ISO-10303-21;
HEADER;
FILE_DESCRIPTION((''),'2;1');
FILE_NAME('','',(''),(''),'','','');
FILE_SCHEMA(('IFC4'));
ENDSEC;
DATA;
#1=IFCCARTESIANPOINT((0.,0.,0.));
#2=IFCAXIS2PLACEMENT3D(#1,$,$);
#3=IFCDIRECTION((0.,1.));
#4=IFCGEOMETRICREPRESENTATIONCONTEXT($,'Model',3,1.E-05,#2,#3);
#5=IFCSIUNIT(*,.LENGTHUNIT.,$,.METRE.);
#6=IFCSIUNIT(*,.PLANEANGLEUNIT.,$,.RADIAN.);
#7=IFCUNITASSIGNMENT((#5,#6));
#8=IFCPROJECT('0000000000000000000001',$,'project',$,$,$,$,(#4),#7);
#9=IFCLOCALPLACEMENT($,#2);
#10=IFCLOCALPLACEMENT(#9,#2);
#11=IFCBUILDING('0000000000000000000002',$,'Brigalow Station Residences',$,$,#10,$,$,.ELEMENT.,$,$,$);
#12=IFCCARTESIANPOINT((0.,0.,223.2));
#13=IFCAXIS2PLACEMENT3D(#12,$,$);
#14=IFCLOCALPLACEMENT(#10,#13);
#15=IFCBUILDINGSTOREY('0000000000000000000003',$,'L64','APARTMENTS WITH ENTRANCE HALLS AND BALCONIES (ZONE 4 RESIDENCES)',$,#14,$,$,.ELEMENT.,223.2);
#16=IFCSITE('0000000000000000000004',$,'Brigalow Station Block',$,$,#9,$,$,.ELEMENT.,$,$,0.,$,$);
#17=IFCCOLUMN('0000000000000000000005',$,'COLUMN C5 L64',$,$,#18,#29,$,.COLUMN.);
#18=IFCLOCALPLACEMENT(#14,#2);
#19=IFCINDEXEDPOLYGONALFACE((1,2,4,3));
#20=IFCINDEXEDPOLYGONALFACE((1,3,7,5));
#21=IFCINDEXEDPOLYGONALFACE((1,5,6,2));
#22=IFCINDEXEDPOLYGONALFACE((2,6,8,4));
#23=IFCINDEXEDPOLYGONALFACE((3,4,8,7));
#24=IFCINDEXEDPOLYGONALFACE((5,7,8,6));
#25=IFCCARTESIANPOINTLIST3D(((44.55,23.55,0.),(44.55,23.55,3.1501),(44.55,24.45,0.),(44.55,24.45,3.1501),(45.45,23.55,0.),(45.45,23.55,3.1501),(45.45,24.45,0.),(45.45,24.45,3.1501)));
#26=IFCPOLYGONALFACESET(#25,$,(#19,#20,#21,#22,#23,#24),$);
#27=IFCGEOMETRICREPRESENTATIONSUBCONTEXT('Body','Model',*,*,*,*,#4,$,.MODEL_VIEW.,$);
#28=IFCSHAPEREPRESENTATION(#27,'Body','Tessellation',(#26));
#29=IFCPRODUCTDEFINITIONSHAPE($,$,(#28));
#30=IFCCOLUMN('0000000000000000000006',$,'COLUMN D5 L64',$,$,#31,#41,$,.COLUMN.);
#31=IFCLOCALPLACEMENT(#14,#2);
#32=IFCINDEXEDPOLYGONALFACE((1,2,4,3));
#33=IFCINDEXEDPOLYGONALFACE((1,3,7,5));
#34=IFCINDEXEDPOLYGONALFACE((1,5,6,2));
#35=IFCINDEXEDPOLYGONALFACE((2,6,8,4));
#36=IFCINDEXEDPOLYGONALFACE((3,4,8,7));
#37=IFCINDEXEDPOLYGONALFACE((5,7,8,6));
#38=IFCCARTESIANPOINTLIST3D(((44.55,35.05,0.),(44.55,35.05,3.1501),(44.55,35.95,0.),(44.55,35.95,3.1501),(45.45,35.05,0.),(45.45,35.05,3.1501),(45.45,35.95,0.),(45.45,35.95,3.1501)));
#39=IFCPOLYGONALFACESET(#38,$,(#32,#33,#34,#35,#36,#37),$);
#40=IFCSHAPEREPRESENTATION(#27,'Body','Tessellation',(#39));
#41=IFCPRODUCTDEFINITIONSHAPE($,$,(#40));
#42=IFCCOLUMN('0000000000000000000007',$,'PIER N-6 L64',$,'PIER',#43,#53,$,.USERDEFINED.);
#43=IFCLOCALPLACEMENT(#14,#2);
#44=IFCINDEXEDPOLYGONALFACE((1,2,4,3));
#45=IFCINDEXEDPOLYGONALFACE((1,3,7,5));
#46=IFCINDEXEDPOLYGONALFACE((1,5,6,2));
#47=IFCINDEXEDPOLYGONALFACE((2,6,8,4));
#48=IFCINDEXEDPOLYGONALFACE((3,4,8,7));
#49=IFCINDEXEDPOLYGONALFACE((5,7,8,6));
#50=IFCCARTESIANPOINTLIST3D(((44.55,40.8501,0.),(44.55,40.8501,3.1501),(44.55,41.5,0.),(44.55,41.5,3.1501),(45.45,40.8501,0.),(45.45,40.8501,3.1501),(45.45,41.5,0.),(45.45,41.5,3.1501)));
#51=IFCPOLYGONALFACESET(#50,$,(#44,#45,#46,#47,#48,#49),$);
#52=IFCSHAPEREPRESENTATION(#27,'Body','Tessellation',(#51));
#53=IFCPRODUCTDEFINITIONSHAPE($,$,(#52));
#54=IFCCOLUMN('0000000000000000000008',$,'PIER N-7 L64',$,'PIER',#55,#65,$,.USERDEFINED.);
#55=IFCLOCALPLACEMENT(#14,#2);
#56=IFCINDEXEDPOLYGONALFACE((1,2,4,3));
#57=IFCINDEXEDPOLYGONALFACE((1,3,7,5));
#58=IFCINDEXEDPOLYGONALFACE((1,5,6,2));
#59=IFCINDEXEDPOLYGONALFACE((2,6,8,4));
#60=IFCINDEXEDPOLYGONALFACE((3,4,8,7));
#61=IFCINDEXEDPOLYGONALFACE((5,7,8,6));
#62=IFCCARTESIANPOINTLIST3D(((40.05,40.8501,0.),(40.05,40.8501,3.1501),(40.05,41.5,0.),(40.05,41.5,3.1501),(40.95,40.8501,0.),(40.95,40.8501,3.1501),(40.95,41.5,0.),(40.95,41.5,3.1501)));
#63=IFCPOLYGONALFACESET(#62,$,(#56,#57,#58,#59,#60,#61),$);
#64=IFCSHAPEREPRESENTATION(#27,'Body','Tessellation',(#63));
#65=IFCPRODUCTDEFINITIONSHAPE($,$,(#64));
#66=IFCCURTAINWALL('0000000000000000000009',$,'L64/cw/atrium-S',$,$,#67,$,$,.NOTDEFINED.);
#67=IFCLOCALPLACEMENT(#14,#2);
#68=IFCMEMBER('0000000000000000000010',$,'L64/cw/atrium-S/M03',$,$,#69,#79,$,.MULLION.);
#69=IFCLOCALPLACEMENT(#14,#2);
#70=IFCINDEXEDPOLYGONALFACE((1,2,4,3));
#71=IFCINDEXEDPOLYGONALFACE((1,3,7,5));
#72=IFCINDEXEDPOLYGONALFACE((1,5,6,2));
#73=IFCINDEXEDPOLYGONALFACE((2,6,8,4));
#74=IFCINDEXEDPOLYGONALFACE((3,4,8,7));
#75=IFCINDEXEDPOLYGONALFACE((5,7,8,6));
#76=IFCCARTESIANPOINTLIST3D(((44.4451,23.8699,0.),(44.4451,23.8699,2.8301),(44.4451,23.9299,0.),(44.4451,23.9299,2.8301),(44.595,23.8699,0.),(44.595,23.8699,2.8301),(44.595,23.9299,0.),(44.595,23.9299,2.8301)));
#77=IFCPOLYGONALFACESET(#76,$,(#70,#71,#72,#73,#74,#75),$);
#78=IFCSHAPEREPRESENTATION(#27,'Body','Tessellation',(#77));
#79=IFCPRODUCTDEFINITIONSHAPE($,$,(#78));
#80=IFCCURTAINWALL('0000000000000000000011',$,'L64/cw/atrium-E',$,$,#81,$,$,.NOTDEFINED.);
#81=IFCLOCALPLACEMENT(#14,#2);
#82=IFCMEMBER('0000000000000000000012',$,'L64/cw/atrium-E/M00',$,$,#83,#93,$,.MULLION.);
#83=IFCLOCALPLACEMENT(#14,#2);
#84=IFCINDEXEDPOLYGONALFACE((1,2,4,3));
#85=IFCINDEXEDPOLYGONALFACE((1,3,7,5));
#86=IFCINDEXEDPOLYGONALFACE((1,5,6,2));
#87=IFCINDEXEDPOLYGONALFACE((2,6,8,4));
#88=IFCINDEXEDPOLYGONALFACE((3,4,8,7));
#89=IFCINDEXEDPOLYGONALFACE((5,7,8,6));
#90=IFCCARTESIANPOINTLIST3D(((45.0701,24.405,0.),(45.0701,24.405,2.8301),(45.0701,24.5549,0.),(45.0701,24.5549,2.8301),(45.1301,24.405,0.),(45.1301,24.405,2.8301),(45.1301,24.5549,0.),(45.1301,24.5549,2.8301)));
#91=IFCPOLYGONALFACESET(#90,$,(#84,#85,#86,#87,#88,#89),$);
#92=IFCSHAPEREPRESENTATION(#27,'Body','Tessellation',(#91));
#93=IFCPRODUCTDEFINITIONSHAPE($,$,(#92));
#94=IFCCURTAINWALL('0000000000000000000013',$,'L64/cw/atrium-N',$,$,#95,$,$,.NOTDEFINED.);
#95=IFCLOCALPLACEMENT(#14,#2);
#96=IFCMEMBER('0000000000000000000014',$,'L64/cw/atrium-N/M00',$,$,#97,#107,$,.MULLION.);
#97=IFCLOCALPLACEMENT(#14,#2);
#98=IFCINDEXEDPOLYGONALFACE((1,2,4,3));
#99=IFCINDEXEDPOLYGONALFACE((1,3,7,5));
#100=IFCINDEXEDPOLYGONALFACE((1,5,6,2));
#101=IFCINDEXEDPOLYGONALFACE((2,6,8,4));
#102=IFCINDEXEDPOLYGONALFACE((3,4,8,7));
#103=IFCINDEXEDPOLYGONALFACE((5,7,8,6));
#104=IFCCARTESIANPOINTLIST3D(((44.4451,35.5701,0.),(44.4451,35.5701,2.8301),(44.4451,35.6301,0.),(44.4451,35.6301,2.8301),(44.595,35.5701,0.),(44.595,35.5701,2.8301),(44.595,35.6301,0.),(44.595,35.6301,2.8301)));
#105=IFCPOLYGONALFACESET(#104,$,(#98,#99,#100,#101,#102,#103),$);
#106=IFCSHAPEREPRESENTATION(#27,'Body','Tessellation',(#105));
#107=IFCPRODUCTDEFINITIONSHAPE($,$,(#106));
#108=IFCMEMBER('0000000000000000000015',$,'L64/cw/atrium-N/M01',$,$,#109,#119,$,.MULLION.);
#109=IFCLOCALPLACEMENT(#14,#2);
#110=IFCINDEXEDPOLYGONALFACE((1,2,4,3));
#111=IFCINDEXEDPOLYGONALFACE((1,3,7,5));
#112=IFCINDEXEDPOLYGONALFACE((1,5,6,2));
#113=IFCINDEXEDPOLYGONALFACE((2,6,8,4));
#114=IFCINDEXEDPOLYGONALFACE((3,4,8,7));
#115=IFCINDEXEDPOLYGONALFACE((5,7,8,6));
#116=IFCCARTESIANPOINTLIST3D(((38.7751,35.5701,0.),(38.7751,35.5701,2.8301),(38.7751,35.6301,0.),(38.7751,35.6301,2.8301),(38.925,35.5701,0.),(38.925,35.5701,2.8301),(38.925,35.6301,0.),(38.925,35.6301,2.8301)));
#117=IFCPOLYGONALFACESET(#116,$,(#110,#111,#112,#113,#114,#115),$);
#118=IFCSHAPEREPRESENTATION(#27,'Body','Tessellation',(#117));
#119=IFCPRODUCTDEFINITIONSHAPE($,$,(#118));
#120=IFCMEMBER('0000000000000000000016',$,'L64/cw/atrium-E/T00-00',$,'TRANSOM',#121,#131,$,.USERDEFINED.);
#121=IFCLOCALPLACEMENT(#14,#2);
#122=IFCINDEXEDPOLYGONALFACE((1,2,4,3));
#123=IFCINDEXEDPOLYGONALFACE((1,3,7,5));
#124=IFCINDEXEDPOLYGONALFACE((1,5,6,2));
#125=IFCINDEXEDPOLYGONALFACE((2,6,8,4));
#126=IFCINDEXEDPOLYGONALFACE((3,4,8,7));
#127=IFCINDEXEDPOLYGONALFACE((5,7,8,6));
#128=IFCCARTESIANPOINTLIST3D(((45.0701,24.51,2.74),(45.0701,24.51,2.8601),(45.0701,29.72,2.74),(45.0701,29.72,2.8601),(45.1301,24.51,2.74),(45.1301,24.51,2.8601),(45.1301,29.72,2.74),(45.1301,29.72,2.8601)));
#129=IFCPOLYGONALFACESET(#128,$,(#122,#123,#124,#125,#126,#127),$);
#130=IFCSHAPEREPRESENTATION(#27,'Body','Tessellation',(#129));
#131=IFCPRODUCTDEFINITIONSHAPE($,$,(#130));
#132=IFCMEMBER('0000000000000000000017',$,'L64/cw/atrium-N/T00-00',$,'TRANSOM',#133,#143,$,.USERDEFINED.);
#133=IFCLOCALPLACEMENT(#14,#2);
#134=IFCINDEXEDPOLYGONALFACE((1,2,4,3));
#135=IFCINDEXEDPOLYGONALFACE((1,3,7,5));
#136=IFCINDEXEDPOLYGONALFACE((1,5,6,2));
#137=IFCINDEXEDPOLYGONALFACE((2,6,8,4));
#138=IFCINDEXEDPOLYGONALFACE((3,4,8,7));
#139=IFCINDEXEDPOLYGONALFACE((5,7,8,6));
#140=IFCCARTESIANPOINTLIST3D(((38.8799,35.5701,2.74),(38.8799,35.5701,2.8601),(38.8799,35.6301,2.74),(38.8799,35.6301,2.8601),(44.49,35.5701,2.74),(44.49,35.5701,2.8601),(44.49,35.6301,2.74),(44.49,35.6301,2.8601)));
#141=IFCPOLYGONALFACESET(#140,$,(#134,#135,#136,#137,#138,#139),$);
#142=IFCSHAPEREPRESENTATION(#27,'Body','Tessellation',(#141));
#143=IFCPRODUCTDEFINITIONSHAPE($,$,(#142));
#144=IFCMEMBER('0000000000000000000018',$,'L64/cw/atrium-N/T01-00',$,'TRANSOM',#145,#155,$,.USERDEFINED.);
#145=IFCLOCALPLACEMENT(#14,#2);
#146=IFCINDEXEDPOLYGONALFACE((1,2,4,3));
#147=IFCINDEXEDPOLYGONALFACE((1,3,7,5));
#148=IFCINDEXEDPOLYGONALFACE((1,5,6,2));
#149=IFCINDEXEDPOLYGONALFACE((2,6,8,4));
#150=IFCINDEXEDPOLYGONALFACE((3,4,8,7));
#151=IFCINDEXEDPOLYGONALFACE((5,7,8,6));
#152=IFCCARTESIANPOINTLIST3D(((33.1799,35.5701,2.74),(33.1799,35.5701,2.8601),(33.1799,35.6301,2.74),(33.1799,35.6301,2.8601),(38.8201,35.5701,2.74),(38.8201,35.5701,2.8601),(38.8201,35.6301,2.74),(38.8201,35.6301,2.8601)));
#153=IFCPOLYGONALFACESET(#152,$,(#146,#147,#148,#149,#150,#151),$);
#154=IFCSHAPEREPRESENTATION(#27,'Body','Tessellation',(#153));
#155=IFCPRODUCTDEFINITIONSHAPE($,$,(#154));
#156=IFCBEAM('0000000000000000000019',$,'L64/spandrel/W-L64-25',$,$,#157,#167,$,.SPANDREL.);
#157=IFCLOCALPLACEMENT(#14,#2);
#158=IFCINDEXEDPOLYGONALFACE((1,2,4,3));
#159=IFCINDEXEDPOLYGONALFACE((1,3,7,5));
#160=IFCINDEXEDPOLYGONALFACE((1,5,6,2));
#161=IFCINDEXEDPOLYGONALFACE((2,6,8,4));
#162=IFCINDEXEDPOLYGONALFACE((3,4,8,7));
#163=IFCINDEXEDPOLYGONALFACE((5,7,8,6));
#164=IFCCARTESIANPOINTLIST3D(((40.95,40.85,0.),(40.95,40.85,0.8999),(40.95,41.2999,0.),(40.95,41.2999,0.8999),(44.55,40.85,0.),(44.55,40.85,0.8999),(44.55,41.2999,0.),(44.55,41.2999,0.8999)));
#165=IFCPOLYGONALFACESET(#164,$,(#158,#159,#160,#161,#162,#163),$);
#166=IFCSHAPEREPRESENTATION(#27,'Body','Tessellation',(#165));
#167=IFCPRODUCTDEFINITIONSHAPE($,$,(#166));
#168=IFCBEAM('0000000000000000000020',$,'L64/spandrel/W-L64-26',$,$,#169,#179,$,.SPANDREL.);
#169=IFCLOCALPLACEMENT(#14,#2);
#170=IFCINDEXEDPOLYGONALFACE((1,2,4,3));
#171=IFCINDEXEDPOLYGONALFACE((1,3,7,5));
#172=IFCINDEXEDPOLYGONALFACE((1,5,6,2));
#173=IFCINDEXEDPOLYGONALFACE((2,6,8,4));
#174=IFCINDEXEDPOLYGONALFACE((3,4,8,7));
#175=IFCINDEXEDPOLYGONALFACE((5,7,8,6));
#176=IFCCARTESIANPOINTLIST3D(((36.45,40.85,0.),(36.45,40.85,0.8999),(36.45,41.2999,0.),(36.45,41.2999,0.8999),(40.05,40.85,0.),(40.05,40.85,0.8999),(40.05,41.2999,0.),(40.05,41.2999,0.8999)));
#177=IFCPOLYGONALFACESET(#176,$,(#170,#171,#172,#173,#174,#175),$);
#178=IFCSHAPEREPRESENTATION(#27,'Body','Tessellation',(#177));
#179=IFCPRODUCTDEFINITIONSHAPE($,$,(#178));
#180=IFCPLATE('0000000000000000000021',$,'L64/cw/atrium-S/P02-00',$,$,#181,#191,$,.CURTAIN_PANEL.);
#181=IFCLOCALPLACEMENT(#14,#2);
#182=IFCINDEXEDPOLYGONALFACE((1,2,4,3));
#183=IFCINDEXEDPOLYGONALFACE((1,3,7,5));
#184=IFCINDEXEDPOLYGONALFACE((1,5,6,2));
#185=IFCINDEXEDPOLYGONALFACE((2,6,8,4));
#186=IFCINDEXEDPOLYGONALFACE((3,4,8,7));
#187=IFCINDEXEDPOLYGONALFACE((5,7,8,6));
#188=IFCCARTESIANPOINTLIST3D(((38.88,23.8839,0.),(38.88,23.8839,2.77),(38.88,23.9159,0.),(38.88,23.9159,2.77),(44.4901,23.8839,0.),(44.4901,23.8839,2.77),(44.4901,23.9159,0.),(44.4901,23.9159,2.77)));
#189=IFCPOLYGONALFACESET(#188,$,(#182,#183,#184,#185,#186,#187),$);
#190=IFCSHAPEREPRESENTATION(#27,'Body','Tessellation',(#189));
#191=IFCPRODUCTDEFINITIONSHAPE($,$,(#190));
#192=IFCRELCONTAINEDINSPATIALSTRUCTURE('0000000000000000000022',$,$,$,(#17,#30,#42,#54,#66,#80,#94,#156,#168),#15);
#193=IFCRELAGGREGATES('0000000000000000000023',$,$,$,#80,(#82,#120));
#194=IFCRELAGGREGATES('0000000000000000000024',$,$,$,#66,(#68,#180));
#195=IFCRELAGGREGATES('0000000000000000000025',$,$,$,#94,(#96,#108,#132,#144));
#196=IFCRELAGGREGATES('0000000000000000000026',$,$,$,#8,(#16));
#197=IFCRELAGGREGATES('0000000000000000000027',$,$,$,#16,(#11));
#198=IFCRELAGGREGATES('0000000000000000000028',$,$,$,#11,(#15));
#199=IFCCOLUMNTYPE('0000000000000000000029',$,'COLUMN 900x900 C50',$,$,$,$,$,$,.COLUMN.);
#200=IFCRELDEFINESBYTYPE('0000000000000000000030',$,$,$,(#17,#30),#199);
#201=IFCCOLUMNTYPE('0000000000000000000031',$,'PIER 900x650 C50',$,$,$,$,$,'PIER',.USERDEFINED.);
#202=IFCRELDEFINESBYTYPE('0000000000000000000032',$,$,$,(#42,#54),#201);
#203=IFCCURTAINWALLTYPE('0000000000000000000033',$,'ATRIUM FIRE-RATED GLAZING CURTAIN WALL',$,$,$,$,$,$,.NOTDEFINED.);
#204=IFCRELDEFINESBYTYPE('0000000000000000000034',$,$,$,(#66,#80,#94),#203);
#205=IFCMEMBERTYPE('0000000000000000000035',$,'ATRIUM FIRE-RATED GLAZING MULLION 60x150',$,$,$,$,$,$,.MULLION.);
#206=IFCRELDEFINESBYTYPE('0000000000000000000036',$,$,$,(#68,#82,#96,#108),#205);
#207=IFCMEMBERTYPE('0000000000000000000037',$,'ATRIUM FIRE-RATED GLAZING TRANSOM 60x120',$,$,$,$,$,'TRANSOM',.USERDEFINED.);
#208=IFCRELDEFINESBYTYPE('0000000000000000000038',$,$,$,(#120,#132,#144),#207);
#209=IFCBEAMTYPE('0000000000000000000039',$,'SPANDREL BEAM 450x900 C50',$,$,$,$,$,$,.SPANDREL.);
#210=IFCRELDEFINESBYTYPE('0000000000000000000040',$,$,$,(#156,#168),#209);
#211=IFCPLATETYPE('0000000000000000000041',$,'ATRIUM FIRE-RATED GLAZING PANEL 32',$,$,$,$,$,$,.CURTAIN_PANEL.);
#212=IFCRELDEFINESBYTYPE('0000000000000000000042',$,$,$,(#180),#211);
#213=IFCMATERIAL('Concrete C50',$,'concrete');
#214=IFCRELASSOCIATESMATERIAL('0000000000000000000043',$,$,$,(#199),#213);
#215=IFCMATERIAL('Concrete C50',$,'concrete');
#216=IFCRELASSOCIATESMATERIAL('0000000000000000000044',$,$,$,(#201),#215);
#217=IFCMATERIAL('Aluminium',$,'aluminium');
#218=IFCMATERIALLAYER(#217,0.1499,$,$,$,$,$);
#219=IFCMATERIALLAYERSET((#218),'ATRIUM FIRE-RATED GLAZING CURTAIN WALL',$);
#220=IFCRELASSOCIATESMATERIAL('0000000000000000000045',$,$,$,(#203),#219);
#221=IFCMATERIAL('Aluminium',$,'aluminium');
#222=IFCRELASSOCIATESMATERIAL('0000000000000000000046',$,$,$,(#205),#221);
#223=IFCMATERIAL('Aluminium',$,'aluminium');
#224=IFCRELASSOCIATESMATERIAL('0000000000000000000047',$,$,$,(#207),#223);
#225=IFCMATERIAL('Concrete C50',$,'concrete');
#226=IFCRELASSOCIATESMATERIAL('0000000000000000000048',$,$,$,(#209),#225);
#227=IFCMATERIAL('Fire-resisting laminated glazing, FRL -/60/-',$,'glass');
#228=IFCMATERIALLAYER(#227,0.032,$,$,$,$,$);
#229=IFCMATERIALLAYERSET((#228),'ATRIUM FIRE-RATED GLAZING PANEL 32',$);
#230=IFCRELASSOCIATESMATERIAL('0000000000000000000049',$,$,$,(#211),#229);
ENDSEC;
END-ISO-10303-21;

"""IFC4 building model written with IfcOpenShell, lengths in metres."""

from ifc_helpers import new_model, si_unit, direction, frame, origin, origin_2d, place, context, subcontext, project, spatial, rectangle, extrude, material, layer, layer_set, material_profile, profile_set, type_object, element, aggregate, save


model = new_model("IFC4")

# Units and contexts
model_context = context("Model", 3, precision=1e-05, world=origin(), true_north=direction((0.0, 1.0)))
body_context = subcontext(model_context, "Body", "Model", "MODEL_VIEW")
ifc_project = project(units=[si_unit("LENGTHUNIT", "METRE"), si_unit("PLANEANGLEUNIT", "RADIAN")], contexts=[model_context])

# Site, building, storey
site_placement = place(None, origin())
site = spatial("IfcSite", under=ifc_project, at=site_placement, Name="Brigalow Station Block", CompositionType="ELEMENT", RefElevation=0.0)
building_placement = place(site_placement, origin())
building = spatial("IfcBuilding", under=site, at=building_placement, Name="Brigalow Station Residences", CompositionType="ELEMENT")
storey_placement = place(building_placement, frame((0.0, 0.0, 223.2)))
storey = spatial("IfcBuildingStorey", under=building, at=storey_placement, Name="L64", Description="APARTMENTS WITH ENTRANCE HALLS AND BALCONIES (ZONE 4 RESIDENCES)", CompositionType="ELEMENT", Elevation=223.2)

# Columns
ifc_material_1 = material(Name="Concrete C50", Category="concrete")
ifc_material_profile_1 = material_profile(ifc_material_1, rectangle(XDim=0.8999, YDim=0.8999, at=origin_2d()), Name="RC900x900")
ifc_profile_set_1 = profile_set([ifc_material_profile_1], Name="Concrete C50")
column_type_1 = type_object("IfcColumnType", Name="COLUMN 900x900 C50", PredefinedType="COLUMN", material=ifc_profile_set_1)
for number, where, z_axis, x_axis, name in (
    (1, (45.0, 24.0, 0.0), (0.0, 0.0, 1.0), (1.0, 0.0, 0.0), "COLUMN C5 L64"),
    (2, (45.0, 35.5, 0.0), (0.0, 0.0, 1.0), (1.0, 0.0, 0.0), "COLUMN D5 L64"),
):
    element("IfcColumn", number, at=place(storey_placement, frame(where, z_axis=z_axis, x_axis=x_axis)), inside=storey, type_object=column_type_1, Name=name, PredefinedType="COLUMN", context=body_context, shape_type="SweptSolid", body=[
        extrude(rectangle(XDim=0.8999, YDim=0.8999, at=origin_2d()), origin(), (0.0, 0.0, 1.0), 3.1501),
    ])
ifc_material_2 = material(Name="Concrete C50", Category="concrete")
ifc_material_profile_2 = material_profile(ifc_material_2, rectangle(XDim=0.8999, YDim=0.6499, at=origin_2d()), Name="RC900x650")
ifc_profile_set_2 = profile_set([ifc_material_profile_2], Name="Concrete C50")
column_type_2 = type_object("IfcColumnType", Name="PIER 900x650 C50", ElementType="PIER", PredefinedType="USERDEFINED", material=ifc_profile_set_2)
for number, where, z_axis, x_axis, name in (
    (3, (45.0, 41.175, 0.0), (0.0, 0.0, 1.0), (-1.0, 0.0, 0.0), "PIER N-6 L64"),
    (4, (40.5, 41.175, 0.0), (0.0, 0.0, 1.0), (-1.0, 0.0, 0.0), "PIER N-7 L64"),
):
    element("IfcColumn", number, at=place(storey_placement, frame(where, z_axis=z_axis, x_axis=x_axis)), inside=storey, type_object=column_type_2, Name=name, ObjectType="PIER", PredefinedType="USERDEFINED", context=body_context, shape_type="SweptSolid", body=[
        extrude(rectangle(XDim=0.8999, YDim=0.6499, at=origin_2d()), origin(), (0.0, 0.0, 1.0), 3.1501),
    ])

# Curtain walls, members
ifc_material_3 = material(Name="Aluminium", Category="aluminium")
ifc_layer_1 = layer(ifc_material_3, 0.1499)
ifc_layer_set_1 = layer_set([ifc_layer_1], Name="ATRIUM FIRE-RATED GLAZING CURTAIN WALL")
curtain_wall_type = type_object("IfcCurtainWallType", Name="ATRIUM FIRE-RATED GLAZING CURTAIN WALL", PredefinedType="NOTDEFINED", material=ifc_layer_set_1)
curtain_wall_1_placement = place(storey_placement, origin())
curtain_wall_1 = element("IfcCurtainWall", 5, at=curtain_wall_1_placement, inside=storey, type_object=curtain_wall_type, Name="L64/cw/atrium-S", PredefinedType="NOTDEFINED")
ifc_material_4 = material(Name="Aluminium", Category="aluminium")
ifc_material_profile_3 = material_profile(ifc_material_4, rectangle(XDim=0.0601, YDim=0.1499, at=origin_2d()), Name="ATRIUM FIRE-RATED GLAZING MULLION 60x150")
ifc_profile_set_3 = profile_set([ifc_material_profile_3], Name="Aluminium")
member_type_1 = type_object("IfcMemberType", Name="ATRIUM FIRE-RATED GLAZING MULLION 60x150", PredefinedType="MULLION", material=ifc_profile_set_3)
member_1_placement = place(storey_placement, frame((44.52, 23.8999, 0.0), z_axis=(0.0, 0.0, 1.0), x_axis=(0.0, 1.0, 0.0)))
member_1 = element("IfcMember", 6, at=member_1_placement, type_object=member_type_1, Name="L64/cw/atrium-S/M03", PredefinedType="MULLION", context=body_context, shape_type="SweptSolid", body=[
    extrude(rectangle(XDim=0.0601, YDim=0.1499, at=origin_2d()), origin(), (0.0, 0.0, 1.0), 2.8301),
])
curtain_wall_2_placement = place(storey_placement, origin())
curtain_wall_2 = element("IfcCurtainWall", 7, at=curtain_wall_2_placement, inside=storey, type_object=curtain_wall_type, Name="L64/cw/atrium-E", PredefinedType="NOTDEFINED")
member_2_placement = place(storey_placement, frame((45.1001, 24.48, 0.0), z_axis=(0.0, 0.0, 1.0), x_axis=(-1.0, 0.0, 0.0)))
member_2 = element("IfcMember", 8, at=member_2_placement, type_object=member_type_1, Name="L64/cw/atrium-E/M00", PredefinedType="MULLION", context=body_context, shape_type="SweptSolid", body=[
    extrude(rectangle(XDim=0.0601, YDim=0.1499, at=origin_2d()), origin(), (0.0, 0.0, 1.0), 2.8301),
])

# Curtain wall, members
curtain_wall_3_placement = place(storey_placement, origin())
curtain_wall_3 = element("IfcCurtainWall", 9, at=curtain_wall_3_placement, inside=storey, type_object=curtain_wall_type, Name="L64/cw/atrium-N", PredefinedType="NOTDEFINED")
member_3_placement = place(storey_placement, frame((44.52, 35.6001, 0.0), z_axis=(0.0, 0.0, 1.0), x_axis=(0.0, -1.0, 0.0)))
member_3 = element("IfcMember", 10, at=member_3_placement, type_object=member_type_1, Name="L64/cw/atrium-N/M00", PredefinedType="MULLION", context=body_context, shape_type="SweptSolid", body=[
    extrude(rectangle(XDim=0.0601, YDim=0.1499, at=origin_2d()), origin(), (0.0, 0.0, 1.0), 2.8301),
])
member_4_placement = place(storey_placement, frame((38.8501, 35.6001, 0.0), z_axis=(0.0, 0.0, 1.0), x_axis=(0.0, -1.0, 0.0)))
member_4 = element("IfcMember", 11, at=member_4_placement, type_object=member_type_1, Name="L64/cw/atrium-N/M01", PredefinedType="MULLION", context=body_context, shape_type="SweptSolid", body=[
    extrude(rectangle(XDim=0.0601, YDim=0.1499, at=origin_2d()), origin(), (0.0, 0.0, 1.0), 2.8301),
])

# Members
ifc_material_5 = material(Name="Aluminium", Category="aluminium")
ifc_material_profile_4 = material_profile(ifc_material_5, rectangle(XDim=0.0601, YDim=0.1201, at=origin_2d()), Name="ATRIUM FIRE-RATED GLAZING TRANSOM 60x120")
ifc_profile_set_4 = profile_set([ifc_material_profile_4], Name="Aluminium")
member_type_2 = type_object("IfcMemberType", Name="ATRIUM FIRE-RATED GLAZING TRANSOM 60x120", ElementType="TRANSOM", PredefinedType="USERDEFINED", material=ifc_profile_set_4)
member_5_placement = place(storey_placement, frame((45.1001, 24.51, 2.8), z_axis=(0.0, 1.0, 0.0), x_axis=(-1.0, 0.0, 0.0)))
member_5 = element("IfcMember", 12, at=member_5_placement, type_object=member_type_2, Name="L64/cw/atrium-E/T00-00", ObjectType="TRANSOM", PredefinedType="USERDEFINED", context=body_context, shape_type="SweptSolid", body=[
    extrude(rectangle(XDim=0.0601, YDim=0.1201, at=origin_2d()), origin(), (0.0, 0.0, 1.0), 5.21),
])
aggregate(curtain_wall_2, [member_2, member_5])
member_6_placement = place(storey_placement, frame((44.49, 35.6001, 2.8), z_axis=(-1.0, 0.0, 0.0), x_axis=(0.0, -1.0, 0.0)))
member_6 = element("IfcMember", 13, at=member_6_placement, type_object=member_type_2, Name="L64/cw/atrium-N/T00-00", ObjectType="TRANSOM", PredefinedType="USERDEFINED", context=body_context, shape_type="SweptSolid", body=[
    extrude(rectangle(XDim=0.0601, YDim=0.1201, at=origin_2d()), origin(), (0.0, 0.0, 1.0), 5.6101),
])
member_7_placement = place(storey_placement, frame((38.8201, 35.6001, 2.8), z_axis=(-1.0, 0.0, 0.0), x_axis=(0.0, -1.0, 0.0)))
member_7 = element("IfcMember", 14, at=member_7_placement, type_object=member_type_2, Name="L64/cw/atrium-N/T01-00", ObjectType="TRANSOM", PredefinedType="USERDEFINED", context=body_context, shape_type="SweptSolid", body=[
    extrude(rectangle(XDim=0.0601, YDim=0.1201, at=origin_2d()), origin(), (0.0, 0.0, 1.0), 5.6401),
])

# Beams
ifc_material_6 = material(Name="Concrete C50", Category="concrete")
ifc_material_profile_5 = material_profile(ifc_material_6, rectangle(XDim=0.45, YDim=0.8999, at=origin_2d()), Name="RC450x900")
ifc_profile_set_5 = profile_set([ifc_material_profile_5], Name="Concrete C50")
beam_type = type_object("IfcBeamType", Name="SPANDREL BEAM 450x900 C50", PredefinedType="SPANDREL", material=ifc_profile_set_5)
for number, where, z_axis, x_axis, name in (
    (15, (44.55, 41.075, 0.45), (-1.0, 0.0, 0.0), (0.0, -1.0, 0.0), "L64/spandrel/W-L64-25"),
    (16, (40.05, 41.075, 0.45), (-1.0, 0.0, 0.0), (0.0, -1.0, 0.0), "L64/spandrel/W-L64-26"),
):
    element("IfcBeam", number, at=place(storey_placement, frame(where, z_axis=z_axis, x_axis=x_axis)), inside=storey, type_object=beam_type, Name=name, PredefinedType="SPANDREL", context=body_context, shape_type="SweptSolid", body=[
        extrude(rectangle(XDim=0.45, YDim=0.8999, at=origin_2d()), origin(), (0.0, 0.0, 1.0), 3.6001),
    ])

# Plate
ifc_material_7 = material(Name="Fire-resisting laminated glazing, FRL -/60/-", Category="glass")
ifc_layer_2 = layer(ifc_material_7, 0.032)
ifc_layer_set_2 = layer_set([ifc_layer_2], Name="ATRIUM FIRE-RATED GLAZING PANEL 32")
plate_type = type_object("IfcPlateType", Name="ATRIUM FIRE-RATED GLAZING PANEL 32", PredefinedType="CURTAIN_PANEL", material=ifc_layer_set_2)
plate_1_placement = place(storey_placement, frame((41.6851, 23.8999, 0.0), z_axis=(0.0, 0.0, 1.0), x_axis=(1.0, 0.0, 0.0)))
plate_1 = element("IfcPlate", 17, at=plate_1_placement, type_object=plate_type, Name="L64/cw/atrium-S/P02-00", PredefinedType="CURTAIN_PANEL", context=body_context, shape_type="SweptSolid", body=[
    extrude(rectangle(XDim=5.6101, YDim=0.032, at=origin_2d()), origin(), (0.0, 0.0, 1.0), 2.77),
])
aggregate(curtain_wall_1, [member_1, plate_1])
aggregate(curtain_wall_3, [member_3, member_4, member_6, member_7])

save(model, "model.ifc")
